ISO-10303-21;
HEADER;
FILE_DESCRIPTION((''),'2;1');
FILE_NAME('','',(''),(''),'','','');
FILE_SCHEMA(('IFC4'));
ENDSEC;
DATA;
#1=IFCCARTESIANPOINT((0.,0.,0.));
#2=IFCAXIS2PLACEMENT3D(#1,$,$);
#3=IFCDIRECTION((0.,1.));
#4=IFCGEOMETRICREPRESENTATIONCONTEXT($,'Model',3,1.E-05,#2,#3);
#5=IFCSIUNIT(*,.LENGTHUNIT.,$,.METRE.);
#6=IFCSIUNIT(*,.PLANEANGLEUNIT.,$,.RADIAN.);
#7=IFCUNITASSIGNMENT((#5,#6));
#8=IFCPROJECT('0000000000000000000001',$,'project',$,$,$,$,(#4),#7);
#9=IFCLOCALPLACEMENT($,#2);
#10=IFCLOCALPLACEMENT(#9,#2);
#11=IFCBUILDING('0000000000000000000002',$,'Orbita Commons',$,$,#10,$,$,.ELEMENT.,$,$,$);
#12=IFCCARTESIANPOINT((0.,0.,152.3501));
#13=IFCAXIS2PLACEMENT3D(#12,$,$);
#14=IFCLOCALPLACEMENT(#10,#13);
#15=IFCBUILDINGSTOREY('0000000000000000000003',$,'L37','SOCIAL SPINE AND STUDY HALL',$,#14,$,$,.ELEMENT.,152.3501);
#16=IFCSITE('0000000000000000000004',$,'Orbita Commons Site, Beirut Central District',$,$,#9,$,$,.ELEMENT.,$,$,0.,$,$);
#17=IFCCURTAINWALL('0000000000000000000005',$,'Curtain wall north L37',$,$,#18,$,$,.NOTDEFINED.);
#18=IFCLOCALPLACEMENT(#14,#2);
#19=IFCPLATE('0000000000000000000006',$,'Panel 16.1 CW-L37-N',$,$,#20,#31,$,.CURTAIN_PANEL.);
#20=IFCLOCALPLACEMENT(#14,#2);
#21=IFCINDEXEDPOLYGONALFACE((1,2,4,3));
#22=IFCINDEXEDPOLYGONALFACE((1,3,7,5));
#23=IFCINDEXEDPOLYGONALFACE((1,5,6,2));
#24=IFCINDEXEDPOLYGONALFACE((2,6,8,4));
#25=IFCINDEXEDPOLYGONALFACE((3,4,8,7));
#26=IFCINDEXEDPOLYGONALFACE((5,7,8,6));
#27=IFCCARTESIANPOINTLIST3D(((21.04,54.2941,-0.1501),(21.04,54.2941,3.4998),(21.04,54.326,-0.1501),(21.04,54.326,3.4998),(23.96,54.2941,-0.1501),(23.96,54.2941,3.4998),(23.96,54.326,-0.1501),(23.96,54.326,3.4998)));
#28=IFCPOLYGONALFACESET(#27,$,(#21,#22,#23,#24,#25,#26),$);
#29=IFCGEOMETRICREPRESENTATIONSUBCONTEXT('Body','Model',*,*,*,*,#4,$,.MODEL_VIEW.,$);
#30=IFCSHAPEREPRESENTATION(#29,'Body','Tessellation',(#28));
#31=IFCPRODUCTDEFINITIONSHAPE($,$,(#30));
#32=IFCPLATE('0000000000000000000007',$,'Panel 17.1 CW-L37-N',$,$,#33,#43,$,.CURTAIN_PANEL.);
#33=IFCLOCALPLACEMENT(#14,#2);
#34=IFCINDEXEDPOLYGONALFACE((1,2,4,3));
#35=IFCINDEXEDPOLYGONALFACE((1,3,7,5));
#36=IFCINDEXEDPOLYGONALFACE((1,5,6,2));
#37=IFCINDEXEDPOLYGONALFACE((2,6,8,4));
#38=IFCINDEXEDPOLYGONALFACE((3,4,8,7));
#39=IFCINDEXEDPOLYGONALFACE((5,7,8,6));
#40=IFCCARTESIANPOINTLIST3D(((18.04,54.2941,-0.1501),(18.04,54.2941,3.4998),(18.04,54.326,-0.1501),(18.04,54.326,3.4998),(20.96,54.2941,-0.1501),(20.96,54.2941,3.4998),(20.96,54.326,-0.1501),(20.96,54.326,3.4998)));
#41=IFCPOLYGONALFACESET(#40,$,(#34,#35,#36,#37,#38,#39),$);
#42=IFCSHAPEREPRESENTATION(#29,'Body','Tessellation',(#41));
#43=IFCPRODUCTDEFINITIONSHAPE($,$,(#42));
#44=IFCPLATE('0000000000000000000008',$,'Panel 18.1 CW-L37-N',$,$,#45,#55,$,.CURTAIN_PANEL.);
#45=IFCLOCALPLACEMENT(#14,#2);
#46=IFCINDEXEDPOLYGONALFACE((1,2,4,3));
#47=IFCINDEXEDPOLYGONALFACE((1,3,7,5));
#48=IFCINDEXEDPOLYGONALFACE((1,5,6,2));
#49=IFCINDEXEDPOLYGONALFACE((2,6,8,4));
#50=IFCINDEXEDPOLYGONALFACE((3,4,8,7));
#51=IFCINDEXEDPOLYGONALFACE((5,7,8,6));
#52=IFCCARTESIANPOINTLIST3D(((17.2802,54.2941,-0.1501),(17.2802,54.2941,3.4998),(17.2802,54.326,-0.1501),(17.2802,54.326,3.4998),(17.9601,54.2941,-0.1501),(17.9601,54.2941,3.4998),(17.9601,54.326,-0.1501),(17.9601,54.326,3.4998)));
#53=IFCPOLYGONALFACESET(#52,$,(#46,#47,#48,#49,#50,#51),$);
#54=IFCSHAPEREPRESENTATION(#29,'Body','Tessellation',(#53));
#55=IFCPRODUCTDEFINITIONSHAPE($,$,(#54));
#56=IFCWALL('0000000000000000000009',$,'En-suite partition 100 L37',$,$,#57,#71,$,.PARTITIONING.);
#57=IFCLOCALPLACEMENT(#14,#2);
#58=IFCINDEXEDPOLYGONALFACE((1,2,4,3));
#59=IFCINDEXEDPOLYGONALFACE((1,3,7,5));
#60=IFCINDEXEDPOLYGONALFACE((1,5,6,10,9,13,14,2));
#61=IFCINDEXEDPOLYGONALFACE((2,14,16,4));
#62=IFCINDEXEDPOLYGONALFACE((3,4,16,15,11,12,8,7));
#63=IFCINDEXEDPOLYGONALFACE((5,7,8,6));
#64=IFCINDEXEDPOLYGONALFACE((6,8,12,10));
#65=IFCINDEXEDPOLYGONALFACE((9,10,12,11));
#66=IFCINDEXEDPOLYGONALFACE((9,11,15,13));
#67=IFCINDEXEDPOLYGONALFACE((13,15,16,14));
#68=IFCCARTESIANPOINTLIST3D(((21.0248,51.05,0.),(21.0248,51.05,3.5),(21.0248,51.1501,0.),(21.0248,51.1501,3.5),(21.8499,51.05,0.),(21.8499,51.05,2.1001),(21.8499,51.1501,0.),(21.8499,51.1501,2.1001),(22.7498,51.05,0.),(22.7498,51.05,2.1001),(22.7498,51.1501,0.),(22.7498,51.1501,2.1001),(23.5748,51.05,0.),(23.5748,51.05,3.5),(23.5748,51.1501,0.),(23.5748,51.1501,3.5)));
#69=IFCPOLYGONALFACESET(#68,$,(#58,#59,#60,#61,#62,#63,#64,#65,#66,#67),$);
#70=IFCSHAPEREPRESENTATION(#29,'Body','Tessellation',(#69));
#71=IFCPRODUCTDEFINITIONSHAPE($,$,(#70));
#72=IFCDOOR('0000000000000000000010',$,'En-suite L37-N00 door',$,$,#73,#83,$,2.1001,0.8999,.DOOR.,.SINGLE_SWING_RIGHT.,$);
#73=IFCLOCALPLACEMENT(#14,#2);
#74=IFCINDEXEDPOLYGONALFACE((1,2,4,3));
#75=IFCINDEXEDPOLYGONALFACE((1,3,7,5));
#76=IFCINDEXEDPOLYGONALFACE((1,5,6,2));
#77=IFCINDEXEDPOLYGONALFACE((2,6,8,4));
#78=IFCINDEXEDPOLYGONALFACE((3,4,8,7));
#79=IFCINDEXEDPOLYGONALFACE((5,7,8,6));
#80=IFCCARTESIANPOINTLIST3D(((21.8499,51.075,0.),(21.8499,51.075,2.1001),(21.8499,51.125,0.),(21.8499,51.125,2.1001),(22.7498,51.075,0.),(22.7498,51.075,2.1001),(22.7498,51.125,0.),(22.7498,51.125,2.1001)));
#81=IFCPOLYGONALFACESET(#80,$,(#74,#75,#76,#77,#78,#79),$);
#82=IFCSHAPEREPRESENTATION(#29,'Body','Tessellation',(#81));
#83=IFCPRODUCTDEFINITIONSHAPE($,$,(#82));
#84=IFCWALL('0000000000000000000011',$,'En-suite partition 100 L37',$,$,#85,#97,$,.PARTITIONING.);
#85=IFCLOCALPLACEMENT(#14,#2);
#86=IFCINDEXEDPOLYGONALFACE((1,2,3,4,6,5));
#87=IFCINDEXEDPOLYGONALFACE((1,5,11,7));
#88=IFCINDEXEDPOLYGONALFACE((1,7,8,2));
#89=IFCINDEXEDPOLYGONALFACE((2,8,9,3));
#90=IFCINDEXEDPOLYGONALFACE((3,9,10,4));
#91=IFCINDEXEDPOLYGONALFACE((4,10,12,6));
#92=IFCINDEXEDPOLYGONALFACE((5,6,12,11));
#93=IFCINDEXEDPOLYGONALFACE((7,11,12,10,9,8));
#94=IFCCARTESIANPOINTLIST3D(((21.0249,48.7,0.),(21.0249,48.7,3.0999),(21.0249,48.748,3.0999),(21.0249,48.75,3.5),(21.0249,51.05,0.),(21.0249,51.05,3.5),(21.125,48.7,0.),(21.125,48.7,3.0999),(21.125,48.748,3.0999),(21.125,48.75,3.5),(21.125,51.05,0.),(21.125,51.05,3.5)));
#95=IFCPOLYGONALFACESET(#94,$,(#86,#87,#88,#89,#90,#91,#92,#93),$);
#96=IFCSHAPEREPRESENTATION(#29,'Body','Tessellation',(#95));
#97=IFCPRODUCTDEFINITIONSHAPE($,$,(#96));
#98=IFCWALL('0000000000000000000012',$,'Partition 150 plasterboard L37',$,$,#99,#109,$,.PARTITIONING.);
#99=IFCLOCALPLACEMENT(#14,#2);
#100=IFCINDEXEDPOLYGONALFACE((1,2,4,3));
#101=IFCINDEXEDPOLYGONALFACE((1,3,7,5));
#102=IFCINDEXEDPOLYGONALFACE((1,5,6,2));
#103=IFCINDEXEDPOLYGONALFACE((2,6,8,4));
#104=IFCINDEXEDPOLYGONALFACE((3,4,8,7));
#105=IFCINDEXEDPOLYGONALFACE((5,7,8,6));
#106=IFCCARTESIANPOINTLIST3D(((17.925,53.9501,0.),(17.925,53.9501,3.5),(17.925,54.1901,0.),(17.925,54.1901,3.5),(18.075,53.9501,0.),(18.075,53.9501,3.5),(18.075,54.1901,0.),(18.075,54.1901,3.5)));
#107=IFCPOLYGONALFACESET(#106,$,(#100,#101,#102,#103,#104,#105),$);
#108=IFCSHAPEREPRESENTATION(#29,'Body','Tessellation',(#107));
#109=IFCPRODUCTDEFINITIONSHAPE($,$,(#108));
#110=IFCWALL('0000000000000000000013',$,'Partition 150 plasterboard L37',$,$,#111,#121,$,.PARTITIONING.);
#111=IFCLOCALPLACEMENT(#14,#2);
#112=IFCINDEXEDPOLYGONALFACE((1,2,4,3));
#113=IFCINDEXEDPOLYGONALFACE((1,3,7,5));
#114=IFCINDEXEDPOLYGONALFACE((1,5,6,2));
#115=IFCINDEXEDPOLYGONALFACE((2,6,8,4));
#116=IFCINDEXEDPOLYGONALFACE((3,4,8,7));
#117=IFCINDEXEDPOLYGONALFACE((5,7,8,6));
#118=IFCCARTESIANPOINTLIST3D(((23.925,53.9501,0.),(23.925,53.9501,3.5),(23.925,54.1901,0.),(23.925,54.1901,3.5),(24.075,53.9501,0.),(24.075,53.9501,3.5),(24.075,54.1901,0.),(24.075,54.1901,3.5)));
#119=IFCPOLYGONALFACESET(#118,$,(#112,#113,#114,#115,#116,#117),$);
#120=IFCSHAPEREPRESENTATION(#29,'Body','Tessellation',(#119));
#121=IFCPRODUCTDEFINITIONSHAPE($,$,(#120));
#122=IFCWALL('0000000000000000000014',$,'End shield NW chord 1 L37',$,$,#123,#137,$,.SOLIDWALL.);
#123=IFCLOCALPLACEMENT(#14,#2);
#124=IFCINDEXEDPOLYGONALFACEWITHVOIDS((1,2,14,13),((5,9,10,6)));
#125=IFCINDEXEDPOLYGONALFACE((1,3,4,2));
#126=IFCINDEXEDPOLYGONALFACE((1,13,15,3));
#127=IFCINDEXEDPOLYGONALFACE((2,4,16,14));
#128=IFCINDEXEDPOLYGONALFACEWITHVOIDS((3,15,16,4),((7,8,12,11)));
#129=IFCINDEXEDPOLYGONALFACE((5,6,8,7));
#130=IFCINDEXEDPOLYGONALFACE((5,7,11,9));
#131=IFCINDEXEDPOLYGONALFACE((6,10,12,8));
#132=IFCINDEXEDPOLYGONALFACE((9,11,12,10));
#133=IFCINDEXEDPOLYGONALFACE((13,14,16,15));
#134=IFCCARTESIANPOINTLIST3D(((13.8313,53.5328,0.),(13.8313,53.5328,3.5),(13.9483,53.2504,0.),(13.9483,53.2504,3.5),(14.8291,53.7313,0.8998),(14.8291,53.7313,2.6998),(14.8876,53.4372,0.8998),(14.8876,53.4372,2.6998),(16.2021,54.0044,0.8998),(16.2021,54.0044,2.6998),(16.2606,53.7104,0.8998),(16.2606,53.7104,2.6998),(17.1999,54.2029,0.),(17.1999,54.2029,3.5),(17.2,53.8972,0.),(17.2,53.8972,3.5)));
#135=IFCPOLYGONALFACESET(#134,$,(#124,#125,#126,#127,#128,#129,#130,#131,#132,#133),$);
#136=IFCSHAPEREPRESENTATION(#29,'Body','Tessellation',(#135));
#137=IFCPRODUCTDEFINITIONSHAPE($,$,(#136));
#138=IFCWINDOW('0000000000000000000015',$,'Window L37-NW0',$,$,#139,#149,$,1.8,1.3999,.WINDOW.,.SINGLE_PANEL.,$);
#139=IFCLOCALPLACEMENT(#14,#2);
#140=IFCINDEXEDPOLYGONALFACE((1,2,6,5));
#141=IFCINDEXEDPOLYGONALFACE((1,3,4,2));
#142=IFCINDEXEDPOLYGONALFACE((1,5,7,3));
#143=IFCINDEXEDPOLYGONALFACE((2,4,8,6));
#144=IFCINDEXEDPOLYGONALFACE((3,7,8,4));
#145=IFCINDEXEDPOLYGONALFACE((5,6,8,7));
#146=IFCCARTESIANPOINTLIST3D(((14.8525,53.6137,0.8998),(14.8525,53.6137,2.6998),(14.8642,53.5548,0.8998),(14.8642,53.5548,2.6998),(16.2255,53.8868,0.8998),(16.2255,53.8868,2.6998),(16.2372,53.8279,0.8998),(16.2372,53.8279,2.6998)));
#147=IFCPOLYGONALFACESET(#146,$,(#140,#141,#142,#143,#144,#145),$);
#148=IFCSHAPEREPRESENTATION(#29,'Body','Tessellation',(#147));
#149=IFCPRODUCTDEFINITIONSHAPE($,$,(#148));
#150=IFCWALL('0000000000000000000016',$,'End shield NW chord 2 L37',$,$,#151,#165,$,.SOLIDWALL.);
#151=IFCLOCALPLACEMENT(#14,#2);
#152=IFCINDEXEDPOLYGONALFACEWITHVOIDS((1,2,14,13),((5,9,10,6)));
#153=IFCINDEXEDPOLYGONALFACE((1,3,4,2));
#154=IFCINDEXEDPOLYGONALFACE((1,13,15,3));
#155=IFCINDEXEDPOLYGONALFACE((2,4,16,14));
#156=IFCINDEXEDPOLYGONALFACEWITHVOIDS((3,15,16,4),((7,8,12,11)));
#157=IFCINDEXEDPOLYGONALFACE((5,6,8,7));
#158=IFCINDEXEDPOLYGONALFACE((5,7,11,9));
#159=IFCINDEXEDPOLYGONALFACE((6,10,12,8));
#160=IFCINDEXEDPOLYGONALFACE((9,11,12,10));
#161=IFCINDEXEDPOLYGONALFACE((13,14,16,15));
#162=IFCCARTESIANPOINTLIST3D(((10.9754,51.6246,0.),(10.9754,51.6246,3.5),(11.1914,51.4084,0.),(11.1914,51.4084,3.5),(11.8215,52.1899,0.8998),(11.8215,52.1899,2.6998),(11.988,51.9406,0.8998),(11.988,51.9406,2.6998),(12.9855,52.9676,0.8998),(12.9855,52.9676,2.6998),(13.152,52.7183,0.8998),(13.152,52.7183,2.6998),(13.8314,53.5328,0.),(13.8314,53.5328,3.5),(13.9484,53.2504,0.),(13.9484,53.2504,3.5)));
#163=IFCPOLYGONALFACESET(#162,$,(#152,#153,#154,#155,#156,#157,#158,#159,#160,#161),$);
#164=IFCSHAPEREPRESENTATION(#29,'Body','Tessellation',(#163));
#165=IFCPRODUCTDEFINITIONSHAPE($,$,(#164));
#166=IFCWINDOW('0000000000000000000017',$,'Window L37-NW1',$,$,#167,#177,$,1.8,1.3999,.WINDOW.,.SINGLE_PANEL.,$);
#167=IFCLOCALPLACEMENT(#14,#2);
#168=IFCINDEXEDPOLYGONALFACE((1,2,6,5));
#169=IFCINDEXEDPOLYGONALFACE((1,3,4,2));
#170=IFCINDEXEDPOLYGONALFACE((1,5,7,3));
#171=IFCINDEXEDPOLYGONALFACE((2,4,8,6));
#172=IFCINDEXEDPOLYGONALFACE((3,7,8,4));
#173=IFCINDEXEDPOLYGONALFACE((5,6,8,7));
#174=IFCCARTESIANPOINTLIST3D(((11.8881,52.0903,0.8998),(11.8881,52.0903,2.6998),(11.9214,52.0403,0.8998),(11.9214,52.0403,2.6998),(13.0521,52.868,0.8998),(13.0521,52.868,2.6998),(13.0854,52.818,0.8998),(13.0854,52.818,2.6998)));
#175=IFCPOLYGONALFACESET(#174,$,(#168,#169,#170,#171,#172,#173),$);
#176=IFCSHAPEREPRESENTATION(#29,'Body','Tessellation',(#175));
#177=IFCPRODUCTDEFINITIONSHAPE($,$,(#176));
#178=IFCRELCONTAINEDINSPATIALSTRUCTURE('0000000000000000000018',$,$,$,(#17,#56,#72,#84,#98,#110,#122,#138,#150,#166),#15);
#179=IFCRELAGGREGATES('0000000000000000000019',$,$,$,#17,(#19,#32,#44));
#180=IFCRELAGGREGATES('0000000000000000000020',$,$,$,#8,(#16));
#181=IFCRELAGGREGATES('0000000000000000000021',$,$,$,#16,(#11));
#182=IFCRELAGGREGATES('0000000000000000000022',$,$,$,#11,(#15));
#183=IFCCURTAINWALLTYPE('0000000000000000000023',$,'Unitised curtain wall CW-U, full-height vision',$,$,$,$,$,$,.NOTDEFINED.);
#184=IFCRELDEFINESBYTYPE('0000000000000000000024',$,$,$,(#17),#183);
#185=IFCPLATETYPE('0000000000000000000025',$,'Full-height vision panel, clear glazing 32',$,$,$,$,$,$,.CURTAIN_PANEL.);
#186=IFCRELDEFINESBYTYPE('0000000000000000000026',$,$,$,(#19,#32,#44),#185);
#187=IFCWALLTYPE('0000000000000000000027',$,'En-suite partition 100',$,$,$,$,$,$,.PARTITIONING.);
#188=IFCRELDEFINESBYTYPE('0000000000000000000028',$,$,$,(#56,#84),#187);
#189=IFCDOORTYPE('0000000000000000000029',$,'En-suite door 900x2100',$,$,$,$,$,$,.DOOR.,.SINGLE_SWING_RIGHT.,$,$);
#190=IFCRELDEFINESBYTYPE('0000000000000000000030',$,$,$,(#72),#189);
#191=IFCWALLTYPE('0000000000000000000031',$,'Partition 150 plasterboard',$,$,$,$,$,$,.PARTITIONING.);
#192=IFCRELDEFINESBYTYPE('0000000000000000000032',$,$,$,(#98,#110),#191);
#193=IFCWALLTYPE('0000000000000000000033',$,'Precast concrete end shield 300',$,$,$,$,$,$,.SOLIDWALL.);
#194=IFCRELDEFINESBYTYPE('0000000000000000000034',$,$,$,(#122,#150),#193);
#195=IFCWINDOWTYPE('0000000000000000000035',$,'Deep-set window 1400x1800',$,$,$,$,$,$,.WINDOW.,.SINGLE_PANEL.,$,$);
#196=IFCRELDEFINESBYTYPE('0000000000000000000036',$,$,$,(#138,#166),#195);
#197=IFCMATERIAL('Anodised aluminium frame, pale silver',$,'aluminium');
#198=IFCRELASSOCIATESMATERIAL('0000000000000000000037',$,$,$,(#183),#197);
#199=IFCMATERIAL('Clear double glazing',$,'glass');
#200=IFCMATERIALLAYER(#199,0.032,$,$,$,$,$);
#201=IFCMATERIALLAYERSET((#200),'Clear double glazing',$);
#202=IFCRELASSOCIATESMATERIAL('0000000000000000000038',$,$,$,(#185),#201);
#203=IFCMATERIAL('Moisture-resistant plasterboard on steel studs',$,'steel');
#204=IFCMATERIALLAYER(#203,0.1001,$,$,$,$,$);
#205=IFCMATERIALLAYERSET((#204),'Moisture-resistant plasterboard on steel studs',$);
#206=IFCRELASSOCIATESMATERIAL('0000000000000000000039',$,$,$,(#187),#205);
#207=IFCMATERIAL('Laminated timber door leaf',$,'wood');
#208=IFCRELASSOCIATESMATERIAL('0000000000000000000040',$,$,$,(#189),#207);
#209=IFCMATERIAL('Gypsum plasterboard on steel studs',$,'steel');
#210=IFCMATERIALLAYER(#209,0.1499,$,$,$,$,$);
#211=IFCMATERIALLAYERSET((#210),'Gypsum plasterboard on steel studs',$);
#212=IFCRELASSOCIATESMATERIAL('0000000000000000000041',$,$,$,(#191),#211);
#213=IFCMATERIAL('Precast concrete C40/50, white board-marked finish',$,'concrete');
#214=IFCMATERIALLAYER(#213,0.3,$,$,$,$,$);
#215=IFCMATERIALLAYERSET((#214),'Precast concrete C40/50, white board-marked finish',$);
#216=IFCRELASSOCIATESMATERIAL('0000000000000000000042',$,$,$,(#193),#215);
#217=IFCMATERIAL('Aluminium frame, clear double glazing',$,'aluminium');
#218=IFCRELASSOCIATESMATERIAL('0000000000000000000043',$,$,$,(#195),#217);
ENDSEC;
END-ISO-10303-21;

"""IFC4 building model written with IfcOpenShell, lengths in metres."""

from ifc_helpers import new_model, si_unit, direction, frame, frame_2d, origin, origin_2d, place, context, subcontext, project, spatial, polyline, rectangle, outline, extrude, material, layer, layer_set, type_object, element, fill, aggregate, save


model = new_model("IFC4")

# Units and contexts
model_context = context("Model", 3, precision=1e-05, world=origin(), true_north=direction((0.0, 1.0)))
body_context = subcontext(model_context, "Body", "Model", "MODEL_VIEW")
ifc_project = project(units=[si_unit("LENGTHUNIT", "METRE"), si_unit("PLANEANGLEUNIT", "RADIAN")], contexts=[model_context])

# Site, building, storey
site_placement = place(None, origin())
site = spatial("IfcSite", under=ifc_project, at=site_placement, Name="Orbita Commons Site, Beirut Central District", CompositionType="ELEMENT", RefElevation=0.0)
building_placement = place(site_placement, origin())
building = spatial("IfcBuilding", under=site, at=building_placement, Name="Orbita Commons", CompositionType="ELEMENT")
storey_placement = place(building_placement, frame((0.0, 0.0, 152.3501)))
storey = spatial("IfcBuildingStorey", under=building, at=storey_placement, Name="L37", Description="SOCIAL SPINE AND STUDY HALL", CompositionType="ELEMENT", Elevation=152.3501)

# Curtain wall
ifc_material_1 = material(Name="Anodised aluminium frame, pale silver", Category="aluminium")
curtain_wall_type = type_object("IfcCurtainWallType", Name="Unitised curtain wall CW-U, full-height vision", PredefinedType="NOTDEFINED", material=ifc_material_1)
curtain_wall_placement = place(storey_placement, origin())
curtain_wall = element("IfcCurtainWall", 1, at=curtain_wall_placement, inside=storey, type_object=curtain_wall_type, Name="Curtain wall north L37", PredefinedType="NOTDEFINED")

# Plates
ifc_material_2 = material(Name="Clear double glazing", Category="glass")
ifc_layer_1 = layer(ifc_material_2, 0.032)
ifc_layer_set_1 = layer_set([ifc_layer_1], Name="Clear double glazing")
plate_type = type_object("IfcPlateType", Name="Full-height vision panel, clear glazing 32", PredefinedType="CURTAIN_PANEL", material=ifc_layer_set_1)
plate_1_placement = place(storey_placement, frame((22.5, 54.3101, -0.1501), z_axis=(0.0, 0.0, 1.0), x_axis=(-1.0, 0.0, 0.0)))
plate_1 = element("IfcPlate", 2, at=plate_1_placement, type_object=plate_type, Name="Panel 16.1 CW-L37-N", PredefinedType="CURTAIN_PANEL", context=body_context, shape_type="SweptSolid", body=[
    extrude(rectangle(XDim=2.9199, YDim=0.032, at=origin_2d()), origin(), (0.0, 0.0, 1.0), 3.6499),
])
plate_2_placement = place(storey_placement, frame((19.5, 54.3101, -0.1501), z_axis=(0.0, 0.0, 1.0), x_axis=(-1.0, 0.0, 0.0)))
plate_2 = element("IfcPlate", 3, at=plate_2_placement, type_object=plate_type, Name="Panel 17.1 CW-L37-N", PredefinedType="CURTAIN_PANEL", context=body_context, shape_type="SweptSolid", body=[
    extrude(rectangle(XDim=2.9199, YDim=0.032, at=origin_2d()), origin(), (0.0, 0.0, 1.0), 3.6499),
])
plate_3_placement = place(storey_placement, frame((17.6201, 54.3101, -0.1501), z_axis=(0.0, 0.0, 1.0), x_axis=(-1.0, 0.0, 0.0)))
plate_3 = element("IfcPlate", 4, at=plate_3_placement, type_object=plate_type, Name="Panel 18.1 CW-L37-N", PredefinedType="CURTAIN_PANEL", context=body_context, shape_type="SweptSolid", body=[
    extrude(rectangle(XDim=0.6799, YDim=0.032, at=origin_2d()), origin(), (0.0, 0.0, 1.0), 3.6499),
])
aggregate(curtain_wall, [plate_1, plate_2, plate_3])

# Wall, opening, door
ifc_material_3 = material(Name="Moisture-resistant plasterboard on steel studs", Category="steel")
ifc_layer_2 = layer(ifc_material_3, 0.1001)
ifc_layer_set_2 = layer_set([ifc_layer_2], Name="Moisture-resistant plasterboard on steel studs")
wall_type_1 = type_object("IfcWallType", Name="En-suite partition 100", PredefinedType="PARTITIONING", material=ifc_layer_set_2)
wall_1_placement = place(storey_placement, frame((21.0249, 51.1001, 0.0), z_axis=(0.0, 0.0, 1.0), x_axis=(1.0, 0.0, 0.0)))
wall_1 = element("IfcWall", 5, at=wall_1_placement, inside=storey, type_object=wall_type_1, Name="En-suite partition 100 L37", PredefinedType="PARTITIONING", context=body_context, shape_type="SweptSolid", body=[
    extrude(rectangle(XDim=2.55, YDim=0.1001, at=frame_2d((1.2749, 0.0))), origin(), (0.0, 0.0, 1.0), 3.5),
])
opening_1_placement = place(wall_1_placement, frame((0.825, 0.0, 0.0)))
opening_1 = element("IfcOpeningElement", 6, at=opening_1_placement, cuts=wall_1, PredefinedType="OPENING", context=body_context, shape_type="SweptSolid", body=[
    extrude(rectangle(XDim=0.8999, YDim=2.1001, at=frame_2d((0.45, 1.05))), frame((0.0, 0.0601, 0.0), z_axis=(0.0, -1.0, 0.0), x_axis=(1.0, 0.0, 0.0)), (0.0, 0.0, 1.0), 0.1201),
])
ifc_material_4 = material(Name="Laminated timber door leaf", Category="wood")
door_type = type_object("IfcDoorType", Name="En-suite door 900x2100", OperationType="SINGLE_SWING_RIGHT", PredefinedType="DOOR", material=ifc_material_4)
door_placement = place(opening_1_placement, origin())
door = element("IfcDoor", 7, at=door_placement, inside=storey, type_object=door_type, Name="En-suite L37-N00 door", OperationType="SINGLE_SWING_RIGHT", OverallHeight=2.1001, OverallWidth=0.8999, PredefinedType="DOOR", context=body_context, shape_type="SweptSolid", body=[
    extrude(rectangle(XDim=0.8999, YDim=2.1001, at=frame_2d((0.45, 1.05))), frame((0.0, 0.0249, 0.0), z_axis=(0.0, -1.0, 0.0), x_axis=(1.0, 0.0, 0.0)), (0.0, 0.0, 1.0), 0.05),
])
fill(opening_1, door)

# Walls
wall_2_placement = place(storey_placement, frame((21.075, 51.05, 0.0), z_axis=(0.0, 0.0, 1.0), x_axis=(0.0, -1.0, 0.0)))
element("IfcWall", 8, at=wall_2_placement, inside=storey, type_object=wall_type_1, Name="En-suite partition 100 L37", PredefinedType="PARTITIONING", context=body_context, shape_type="SweptSolid", body=[
    extrude(outline(polyline([(0.0, 0.0), (2.3501, 0.0), (2.3501, 3.0999), (2.302, 3.0999), (2.3, 3.5), (0.0, 3.5), (0.0, 0.0)])), frame((0.0, 0.05, 0.0), z_axis=(0.0, -1.0, 0.0), x_axis=(1.0, 0.0, 0.0)), (0.0, 0.0, 1.0), 0.1001),
])
ifc_material_5 = material(Name="Gypsum plasterboard on steel studs", Category="steel")
ifc_layer_3 = layer(ifc_material_5, 0.1499)
ifc_layer_set_3 = layer_set([ifc_layer_3], Name="Gypsum plasterboard on steel studs")
wall_type_2 = type_object("IfcWallType", Name="Partition 150 plasterboard", PredefinedType="PARTITIONING", material=ifc_layer_set_3)
for number, where, z_axis, x_axis, name in (
    (9, (18.0, 53.95, 0.0), (0.0, 0.0, 1.0), (0.0, 1.0, 0.0), "Partition 150 plasterboard L37"),
    (10, (24.0, 53.95, 0.0), (0.0, 0.0, 1.0), (0.0, 1.0, 0.0), "Partition 150 plasterboard L37"),
):
    element("IfcWall", number, at=place(storey_placement, frame(where, z_axis=z_axis, x_axis=x_axis)), inside=storey, type_object=wall_type_2, Name=name, PredefinedType="PARTITIONING", context=body_context, shape_type="SweptSolid", body=[
        extrude(rectangle(XDim=0.24, YDim=0.1499, at=frame_2d((0.1201, 0.0))), origin(), (0.0, 0.0, 1.0), 3.5),
    ])

# Walls, openings, windows
ifc_material_6 = material(Name="Precast concrete C40/50, white board-marked finish", Category="concrete")
ifc_layer_4 = layer(ifc_material_6, 0.3)
ifc_layer_set_4 = layer_set([ifc_layer_4], Name="Precast concrete C40/50, white board-marked finish")
wall_type_3 = type_object("IfcWallType", Name="Precast concrete end shield 300", PredefinedType="SOLIDWALL", material=ifc_layer_set_4)
wall_3_placement = place(storey_placement, frame((17.2, 54.05, 0.0), z_axis=(0.0, 0.0, 1.0), x_axis=(-0.980783, -0.1951, 0.0)))
wall_3 = element("IfcWall", 11, at=wall_3_placement, inside=storey, type_object=wall_type_3, Name="End shield NW chord 1 L37", PredefinedType="SOLIDWALL", context=body_context, shape_type="SweptSolid", body=[
    extrude(outline(polyline([(-0.0298, -0.1499), (3.4048, -0.1499), (3.3452, 0.1499), (0.0298, 0.1499), (-0.0298, -0.1499)])), origin(), (0.0, 0.0, 1.0), 3.5),
])
opening_2_placement = place(wall_3_placement, frame((0.9875, 0.0, 0.8999)))
opening_2 = element("IfcOpeningElement", 12, at=opening_2_placement, cuts=wall_3, PredefinedType="OPENING", context=body_context, shape_type="SweptSolid", body=[
    extrude(rectangle(XDim=1.3999, YDim=1.8, at=frame_2d((0.7, 0.8999))), frame((0.0, 0.1599, 0.0), z_axis=(0.0, -1.0, 0.0), x_axis=(1.0, 0.0, 0.0)), (0.0, 0.0, 1.0), 0.3201),
])
ifc_material_7 = material(Name="Aluminium frame, clear double glazing", Category="aluminium")
window_type = type_object("IfcWindowType", Name="Deep-set window 1400x1800", PartitioningType="SINGLE_PANEL", PredefinedType="WINDOW", material=ifc_material_7)
window_1_placement = place(opening_2_placement, origin())
window_1 = element("IfcWindow", 13, at=window_1_placement, inside=storey, type_object=window_type, Name="Window L37-NW0", OverallHeight=1.8, OverallWidth=1.3999, PartitioningType="SINGLE_PANEL", PredefinedType="WINDOW", context=body_context, shape_type="SweptSolid", body=[
    extrude(rectangle(XDim=1.3999, YDim=1.8, at=frame_2d((0.7, 0.8999))), frame((0.0, 0.03, 0.0), z_axis=(0.0, -1.0, 0.0), x_axis=(1.0, 0.0, 0.0)), (0.0, 0.0, 1.0), 0.0601),
])
fill(opening_2, window_1)
wall_4_placement = place(storey_placement, frame((13.8899, 53.3916, 0.0), z_axis=(0.0, 0.0, 1.0), x_axis=(-0.831493, -0.555535, 0.0)))
wall_4 = element("IfcWall", 14, at=wall_4_placement, inside=storey, type_object=wall_type_3, Name="End shield NW chord 2 L37", PredefinedType="SOLIDWALL", context=body_context, shape_type="SweptSolid", body=[
    extrude(outline(polyline([(-0.0298, -0.1499), (3.405, -0.1499), (3.3455, 0.1499), (0.0298, 0.1499), (-0.0298, -0.1499)])), origin(), (0.0, 0.0, 1.0), 3.5),
])
opening_3_placement = place(wall_4_placement, frame((0.9875, 0.0, 0.8999)))
opening_3 = element("IfcOpeningElement", 15, at=opening_3_placement, cuts=wall_4, PredefinedType="OPENING", context=body_context, shape_type="SweptSolid", body=[
    extrude(rectangle(XDim=1.3999, YDim=1.8, at=frame_2d((0.7, 0.8999))), frame((0.0, 0.1599, 0.0), z_axis=(0.0, -1.0, 0.0), x_axis=(1.0, 0.0, 0.0)), (0.0, 0.0, 1.0), 0.3201),
])
window_2_placement = place(opening_3_placement, origin())
window_2 = element("IfcWindow", 16, at=window_2_placement, inside=storey, type_object=window_type, Name="Window L37-NW1", OverallHeight=1.8, OverallWidth=1.3999, PartitioningType="SINGLE_PANEL", PredefinedType="WINDOW", context=body_context, shape_type="SweptSolid", body=[
    extrude(rectangle(XDim=1.3999, YDim=1.8, at=frame_2d((0.7, 0.8999))), frame((0.0, 0.03, 0.0), z_axis=(0.0, -1.0, 0.0), x_axis=(1.0, 0.0, 0.0)), (0.0, 0.0, 1.0), 0.0601),
])
fill(opening_3, window_2)

save(model, "model.ifc")
